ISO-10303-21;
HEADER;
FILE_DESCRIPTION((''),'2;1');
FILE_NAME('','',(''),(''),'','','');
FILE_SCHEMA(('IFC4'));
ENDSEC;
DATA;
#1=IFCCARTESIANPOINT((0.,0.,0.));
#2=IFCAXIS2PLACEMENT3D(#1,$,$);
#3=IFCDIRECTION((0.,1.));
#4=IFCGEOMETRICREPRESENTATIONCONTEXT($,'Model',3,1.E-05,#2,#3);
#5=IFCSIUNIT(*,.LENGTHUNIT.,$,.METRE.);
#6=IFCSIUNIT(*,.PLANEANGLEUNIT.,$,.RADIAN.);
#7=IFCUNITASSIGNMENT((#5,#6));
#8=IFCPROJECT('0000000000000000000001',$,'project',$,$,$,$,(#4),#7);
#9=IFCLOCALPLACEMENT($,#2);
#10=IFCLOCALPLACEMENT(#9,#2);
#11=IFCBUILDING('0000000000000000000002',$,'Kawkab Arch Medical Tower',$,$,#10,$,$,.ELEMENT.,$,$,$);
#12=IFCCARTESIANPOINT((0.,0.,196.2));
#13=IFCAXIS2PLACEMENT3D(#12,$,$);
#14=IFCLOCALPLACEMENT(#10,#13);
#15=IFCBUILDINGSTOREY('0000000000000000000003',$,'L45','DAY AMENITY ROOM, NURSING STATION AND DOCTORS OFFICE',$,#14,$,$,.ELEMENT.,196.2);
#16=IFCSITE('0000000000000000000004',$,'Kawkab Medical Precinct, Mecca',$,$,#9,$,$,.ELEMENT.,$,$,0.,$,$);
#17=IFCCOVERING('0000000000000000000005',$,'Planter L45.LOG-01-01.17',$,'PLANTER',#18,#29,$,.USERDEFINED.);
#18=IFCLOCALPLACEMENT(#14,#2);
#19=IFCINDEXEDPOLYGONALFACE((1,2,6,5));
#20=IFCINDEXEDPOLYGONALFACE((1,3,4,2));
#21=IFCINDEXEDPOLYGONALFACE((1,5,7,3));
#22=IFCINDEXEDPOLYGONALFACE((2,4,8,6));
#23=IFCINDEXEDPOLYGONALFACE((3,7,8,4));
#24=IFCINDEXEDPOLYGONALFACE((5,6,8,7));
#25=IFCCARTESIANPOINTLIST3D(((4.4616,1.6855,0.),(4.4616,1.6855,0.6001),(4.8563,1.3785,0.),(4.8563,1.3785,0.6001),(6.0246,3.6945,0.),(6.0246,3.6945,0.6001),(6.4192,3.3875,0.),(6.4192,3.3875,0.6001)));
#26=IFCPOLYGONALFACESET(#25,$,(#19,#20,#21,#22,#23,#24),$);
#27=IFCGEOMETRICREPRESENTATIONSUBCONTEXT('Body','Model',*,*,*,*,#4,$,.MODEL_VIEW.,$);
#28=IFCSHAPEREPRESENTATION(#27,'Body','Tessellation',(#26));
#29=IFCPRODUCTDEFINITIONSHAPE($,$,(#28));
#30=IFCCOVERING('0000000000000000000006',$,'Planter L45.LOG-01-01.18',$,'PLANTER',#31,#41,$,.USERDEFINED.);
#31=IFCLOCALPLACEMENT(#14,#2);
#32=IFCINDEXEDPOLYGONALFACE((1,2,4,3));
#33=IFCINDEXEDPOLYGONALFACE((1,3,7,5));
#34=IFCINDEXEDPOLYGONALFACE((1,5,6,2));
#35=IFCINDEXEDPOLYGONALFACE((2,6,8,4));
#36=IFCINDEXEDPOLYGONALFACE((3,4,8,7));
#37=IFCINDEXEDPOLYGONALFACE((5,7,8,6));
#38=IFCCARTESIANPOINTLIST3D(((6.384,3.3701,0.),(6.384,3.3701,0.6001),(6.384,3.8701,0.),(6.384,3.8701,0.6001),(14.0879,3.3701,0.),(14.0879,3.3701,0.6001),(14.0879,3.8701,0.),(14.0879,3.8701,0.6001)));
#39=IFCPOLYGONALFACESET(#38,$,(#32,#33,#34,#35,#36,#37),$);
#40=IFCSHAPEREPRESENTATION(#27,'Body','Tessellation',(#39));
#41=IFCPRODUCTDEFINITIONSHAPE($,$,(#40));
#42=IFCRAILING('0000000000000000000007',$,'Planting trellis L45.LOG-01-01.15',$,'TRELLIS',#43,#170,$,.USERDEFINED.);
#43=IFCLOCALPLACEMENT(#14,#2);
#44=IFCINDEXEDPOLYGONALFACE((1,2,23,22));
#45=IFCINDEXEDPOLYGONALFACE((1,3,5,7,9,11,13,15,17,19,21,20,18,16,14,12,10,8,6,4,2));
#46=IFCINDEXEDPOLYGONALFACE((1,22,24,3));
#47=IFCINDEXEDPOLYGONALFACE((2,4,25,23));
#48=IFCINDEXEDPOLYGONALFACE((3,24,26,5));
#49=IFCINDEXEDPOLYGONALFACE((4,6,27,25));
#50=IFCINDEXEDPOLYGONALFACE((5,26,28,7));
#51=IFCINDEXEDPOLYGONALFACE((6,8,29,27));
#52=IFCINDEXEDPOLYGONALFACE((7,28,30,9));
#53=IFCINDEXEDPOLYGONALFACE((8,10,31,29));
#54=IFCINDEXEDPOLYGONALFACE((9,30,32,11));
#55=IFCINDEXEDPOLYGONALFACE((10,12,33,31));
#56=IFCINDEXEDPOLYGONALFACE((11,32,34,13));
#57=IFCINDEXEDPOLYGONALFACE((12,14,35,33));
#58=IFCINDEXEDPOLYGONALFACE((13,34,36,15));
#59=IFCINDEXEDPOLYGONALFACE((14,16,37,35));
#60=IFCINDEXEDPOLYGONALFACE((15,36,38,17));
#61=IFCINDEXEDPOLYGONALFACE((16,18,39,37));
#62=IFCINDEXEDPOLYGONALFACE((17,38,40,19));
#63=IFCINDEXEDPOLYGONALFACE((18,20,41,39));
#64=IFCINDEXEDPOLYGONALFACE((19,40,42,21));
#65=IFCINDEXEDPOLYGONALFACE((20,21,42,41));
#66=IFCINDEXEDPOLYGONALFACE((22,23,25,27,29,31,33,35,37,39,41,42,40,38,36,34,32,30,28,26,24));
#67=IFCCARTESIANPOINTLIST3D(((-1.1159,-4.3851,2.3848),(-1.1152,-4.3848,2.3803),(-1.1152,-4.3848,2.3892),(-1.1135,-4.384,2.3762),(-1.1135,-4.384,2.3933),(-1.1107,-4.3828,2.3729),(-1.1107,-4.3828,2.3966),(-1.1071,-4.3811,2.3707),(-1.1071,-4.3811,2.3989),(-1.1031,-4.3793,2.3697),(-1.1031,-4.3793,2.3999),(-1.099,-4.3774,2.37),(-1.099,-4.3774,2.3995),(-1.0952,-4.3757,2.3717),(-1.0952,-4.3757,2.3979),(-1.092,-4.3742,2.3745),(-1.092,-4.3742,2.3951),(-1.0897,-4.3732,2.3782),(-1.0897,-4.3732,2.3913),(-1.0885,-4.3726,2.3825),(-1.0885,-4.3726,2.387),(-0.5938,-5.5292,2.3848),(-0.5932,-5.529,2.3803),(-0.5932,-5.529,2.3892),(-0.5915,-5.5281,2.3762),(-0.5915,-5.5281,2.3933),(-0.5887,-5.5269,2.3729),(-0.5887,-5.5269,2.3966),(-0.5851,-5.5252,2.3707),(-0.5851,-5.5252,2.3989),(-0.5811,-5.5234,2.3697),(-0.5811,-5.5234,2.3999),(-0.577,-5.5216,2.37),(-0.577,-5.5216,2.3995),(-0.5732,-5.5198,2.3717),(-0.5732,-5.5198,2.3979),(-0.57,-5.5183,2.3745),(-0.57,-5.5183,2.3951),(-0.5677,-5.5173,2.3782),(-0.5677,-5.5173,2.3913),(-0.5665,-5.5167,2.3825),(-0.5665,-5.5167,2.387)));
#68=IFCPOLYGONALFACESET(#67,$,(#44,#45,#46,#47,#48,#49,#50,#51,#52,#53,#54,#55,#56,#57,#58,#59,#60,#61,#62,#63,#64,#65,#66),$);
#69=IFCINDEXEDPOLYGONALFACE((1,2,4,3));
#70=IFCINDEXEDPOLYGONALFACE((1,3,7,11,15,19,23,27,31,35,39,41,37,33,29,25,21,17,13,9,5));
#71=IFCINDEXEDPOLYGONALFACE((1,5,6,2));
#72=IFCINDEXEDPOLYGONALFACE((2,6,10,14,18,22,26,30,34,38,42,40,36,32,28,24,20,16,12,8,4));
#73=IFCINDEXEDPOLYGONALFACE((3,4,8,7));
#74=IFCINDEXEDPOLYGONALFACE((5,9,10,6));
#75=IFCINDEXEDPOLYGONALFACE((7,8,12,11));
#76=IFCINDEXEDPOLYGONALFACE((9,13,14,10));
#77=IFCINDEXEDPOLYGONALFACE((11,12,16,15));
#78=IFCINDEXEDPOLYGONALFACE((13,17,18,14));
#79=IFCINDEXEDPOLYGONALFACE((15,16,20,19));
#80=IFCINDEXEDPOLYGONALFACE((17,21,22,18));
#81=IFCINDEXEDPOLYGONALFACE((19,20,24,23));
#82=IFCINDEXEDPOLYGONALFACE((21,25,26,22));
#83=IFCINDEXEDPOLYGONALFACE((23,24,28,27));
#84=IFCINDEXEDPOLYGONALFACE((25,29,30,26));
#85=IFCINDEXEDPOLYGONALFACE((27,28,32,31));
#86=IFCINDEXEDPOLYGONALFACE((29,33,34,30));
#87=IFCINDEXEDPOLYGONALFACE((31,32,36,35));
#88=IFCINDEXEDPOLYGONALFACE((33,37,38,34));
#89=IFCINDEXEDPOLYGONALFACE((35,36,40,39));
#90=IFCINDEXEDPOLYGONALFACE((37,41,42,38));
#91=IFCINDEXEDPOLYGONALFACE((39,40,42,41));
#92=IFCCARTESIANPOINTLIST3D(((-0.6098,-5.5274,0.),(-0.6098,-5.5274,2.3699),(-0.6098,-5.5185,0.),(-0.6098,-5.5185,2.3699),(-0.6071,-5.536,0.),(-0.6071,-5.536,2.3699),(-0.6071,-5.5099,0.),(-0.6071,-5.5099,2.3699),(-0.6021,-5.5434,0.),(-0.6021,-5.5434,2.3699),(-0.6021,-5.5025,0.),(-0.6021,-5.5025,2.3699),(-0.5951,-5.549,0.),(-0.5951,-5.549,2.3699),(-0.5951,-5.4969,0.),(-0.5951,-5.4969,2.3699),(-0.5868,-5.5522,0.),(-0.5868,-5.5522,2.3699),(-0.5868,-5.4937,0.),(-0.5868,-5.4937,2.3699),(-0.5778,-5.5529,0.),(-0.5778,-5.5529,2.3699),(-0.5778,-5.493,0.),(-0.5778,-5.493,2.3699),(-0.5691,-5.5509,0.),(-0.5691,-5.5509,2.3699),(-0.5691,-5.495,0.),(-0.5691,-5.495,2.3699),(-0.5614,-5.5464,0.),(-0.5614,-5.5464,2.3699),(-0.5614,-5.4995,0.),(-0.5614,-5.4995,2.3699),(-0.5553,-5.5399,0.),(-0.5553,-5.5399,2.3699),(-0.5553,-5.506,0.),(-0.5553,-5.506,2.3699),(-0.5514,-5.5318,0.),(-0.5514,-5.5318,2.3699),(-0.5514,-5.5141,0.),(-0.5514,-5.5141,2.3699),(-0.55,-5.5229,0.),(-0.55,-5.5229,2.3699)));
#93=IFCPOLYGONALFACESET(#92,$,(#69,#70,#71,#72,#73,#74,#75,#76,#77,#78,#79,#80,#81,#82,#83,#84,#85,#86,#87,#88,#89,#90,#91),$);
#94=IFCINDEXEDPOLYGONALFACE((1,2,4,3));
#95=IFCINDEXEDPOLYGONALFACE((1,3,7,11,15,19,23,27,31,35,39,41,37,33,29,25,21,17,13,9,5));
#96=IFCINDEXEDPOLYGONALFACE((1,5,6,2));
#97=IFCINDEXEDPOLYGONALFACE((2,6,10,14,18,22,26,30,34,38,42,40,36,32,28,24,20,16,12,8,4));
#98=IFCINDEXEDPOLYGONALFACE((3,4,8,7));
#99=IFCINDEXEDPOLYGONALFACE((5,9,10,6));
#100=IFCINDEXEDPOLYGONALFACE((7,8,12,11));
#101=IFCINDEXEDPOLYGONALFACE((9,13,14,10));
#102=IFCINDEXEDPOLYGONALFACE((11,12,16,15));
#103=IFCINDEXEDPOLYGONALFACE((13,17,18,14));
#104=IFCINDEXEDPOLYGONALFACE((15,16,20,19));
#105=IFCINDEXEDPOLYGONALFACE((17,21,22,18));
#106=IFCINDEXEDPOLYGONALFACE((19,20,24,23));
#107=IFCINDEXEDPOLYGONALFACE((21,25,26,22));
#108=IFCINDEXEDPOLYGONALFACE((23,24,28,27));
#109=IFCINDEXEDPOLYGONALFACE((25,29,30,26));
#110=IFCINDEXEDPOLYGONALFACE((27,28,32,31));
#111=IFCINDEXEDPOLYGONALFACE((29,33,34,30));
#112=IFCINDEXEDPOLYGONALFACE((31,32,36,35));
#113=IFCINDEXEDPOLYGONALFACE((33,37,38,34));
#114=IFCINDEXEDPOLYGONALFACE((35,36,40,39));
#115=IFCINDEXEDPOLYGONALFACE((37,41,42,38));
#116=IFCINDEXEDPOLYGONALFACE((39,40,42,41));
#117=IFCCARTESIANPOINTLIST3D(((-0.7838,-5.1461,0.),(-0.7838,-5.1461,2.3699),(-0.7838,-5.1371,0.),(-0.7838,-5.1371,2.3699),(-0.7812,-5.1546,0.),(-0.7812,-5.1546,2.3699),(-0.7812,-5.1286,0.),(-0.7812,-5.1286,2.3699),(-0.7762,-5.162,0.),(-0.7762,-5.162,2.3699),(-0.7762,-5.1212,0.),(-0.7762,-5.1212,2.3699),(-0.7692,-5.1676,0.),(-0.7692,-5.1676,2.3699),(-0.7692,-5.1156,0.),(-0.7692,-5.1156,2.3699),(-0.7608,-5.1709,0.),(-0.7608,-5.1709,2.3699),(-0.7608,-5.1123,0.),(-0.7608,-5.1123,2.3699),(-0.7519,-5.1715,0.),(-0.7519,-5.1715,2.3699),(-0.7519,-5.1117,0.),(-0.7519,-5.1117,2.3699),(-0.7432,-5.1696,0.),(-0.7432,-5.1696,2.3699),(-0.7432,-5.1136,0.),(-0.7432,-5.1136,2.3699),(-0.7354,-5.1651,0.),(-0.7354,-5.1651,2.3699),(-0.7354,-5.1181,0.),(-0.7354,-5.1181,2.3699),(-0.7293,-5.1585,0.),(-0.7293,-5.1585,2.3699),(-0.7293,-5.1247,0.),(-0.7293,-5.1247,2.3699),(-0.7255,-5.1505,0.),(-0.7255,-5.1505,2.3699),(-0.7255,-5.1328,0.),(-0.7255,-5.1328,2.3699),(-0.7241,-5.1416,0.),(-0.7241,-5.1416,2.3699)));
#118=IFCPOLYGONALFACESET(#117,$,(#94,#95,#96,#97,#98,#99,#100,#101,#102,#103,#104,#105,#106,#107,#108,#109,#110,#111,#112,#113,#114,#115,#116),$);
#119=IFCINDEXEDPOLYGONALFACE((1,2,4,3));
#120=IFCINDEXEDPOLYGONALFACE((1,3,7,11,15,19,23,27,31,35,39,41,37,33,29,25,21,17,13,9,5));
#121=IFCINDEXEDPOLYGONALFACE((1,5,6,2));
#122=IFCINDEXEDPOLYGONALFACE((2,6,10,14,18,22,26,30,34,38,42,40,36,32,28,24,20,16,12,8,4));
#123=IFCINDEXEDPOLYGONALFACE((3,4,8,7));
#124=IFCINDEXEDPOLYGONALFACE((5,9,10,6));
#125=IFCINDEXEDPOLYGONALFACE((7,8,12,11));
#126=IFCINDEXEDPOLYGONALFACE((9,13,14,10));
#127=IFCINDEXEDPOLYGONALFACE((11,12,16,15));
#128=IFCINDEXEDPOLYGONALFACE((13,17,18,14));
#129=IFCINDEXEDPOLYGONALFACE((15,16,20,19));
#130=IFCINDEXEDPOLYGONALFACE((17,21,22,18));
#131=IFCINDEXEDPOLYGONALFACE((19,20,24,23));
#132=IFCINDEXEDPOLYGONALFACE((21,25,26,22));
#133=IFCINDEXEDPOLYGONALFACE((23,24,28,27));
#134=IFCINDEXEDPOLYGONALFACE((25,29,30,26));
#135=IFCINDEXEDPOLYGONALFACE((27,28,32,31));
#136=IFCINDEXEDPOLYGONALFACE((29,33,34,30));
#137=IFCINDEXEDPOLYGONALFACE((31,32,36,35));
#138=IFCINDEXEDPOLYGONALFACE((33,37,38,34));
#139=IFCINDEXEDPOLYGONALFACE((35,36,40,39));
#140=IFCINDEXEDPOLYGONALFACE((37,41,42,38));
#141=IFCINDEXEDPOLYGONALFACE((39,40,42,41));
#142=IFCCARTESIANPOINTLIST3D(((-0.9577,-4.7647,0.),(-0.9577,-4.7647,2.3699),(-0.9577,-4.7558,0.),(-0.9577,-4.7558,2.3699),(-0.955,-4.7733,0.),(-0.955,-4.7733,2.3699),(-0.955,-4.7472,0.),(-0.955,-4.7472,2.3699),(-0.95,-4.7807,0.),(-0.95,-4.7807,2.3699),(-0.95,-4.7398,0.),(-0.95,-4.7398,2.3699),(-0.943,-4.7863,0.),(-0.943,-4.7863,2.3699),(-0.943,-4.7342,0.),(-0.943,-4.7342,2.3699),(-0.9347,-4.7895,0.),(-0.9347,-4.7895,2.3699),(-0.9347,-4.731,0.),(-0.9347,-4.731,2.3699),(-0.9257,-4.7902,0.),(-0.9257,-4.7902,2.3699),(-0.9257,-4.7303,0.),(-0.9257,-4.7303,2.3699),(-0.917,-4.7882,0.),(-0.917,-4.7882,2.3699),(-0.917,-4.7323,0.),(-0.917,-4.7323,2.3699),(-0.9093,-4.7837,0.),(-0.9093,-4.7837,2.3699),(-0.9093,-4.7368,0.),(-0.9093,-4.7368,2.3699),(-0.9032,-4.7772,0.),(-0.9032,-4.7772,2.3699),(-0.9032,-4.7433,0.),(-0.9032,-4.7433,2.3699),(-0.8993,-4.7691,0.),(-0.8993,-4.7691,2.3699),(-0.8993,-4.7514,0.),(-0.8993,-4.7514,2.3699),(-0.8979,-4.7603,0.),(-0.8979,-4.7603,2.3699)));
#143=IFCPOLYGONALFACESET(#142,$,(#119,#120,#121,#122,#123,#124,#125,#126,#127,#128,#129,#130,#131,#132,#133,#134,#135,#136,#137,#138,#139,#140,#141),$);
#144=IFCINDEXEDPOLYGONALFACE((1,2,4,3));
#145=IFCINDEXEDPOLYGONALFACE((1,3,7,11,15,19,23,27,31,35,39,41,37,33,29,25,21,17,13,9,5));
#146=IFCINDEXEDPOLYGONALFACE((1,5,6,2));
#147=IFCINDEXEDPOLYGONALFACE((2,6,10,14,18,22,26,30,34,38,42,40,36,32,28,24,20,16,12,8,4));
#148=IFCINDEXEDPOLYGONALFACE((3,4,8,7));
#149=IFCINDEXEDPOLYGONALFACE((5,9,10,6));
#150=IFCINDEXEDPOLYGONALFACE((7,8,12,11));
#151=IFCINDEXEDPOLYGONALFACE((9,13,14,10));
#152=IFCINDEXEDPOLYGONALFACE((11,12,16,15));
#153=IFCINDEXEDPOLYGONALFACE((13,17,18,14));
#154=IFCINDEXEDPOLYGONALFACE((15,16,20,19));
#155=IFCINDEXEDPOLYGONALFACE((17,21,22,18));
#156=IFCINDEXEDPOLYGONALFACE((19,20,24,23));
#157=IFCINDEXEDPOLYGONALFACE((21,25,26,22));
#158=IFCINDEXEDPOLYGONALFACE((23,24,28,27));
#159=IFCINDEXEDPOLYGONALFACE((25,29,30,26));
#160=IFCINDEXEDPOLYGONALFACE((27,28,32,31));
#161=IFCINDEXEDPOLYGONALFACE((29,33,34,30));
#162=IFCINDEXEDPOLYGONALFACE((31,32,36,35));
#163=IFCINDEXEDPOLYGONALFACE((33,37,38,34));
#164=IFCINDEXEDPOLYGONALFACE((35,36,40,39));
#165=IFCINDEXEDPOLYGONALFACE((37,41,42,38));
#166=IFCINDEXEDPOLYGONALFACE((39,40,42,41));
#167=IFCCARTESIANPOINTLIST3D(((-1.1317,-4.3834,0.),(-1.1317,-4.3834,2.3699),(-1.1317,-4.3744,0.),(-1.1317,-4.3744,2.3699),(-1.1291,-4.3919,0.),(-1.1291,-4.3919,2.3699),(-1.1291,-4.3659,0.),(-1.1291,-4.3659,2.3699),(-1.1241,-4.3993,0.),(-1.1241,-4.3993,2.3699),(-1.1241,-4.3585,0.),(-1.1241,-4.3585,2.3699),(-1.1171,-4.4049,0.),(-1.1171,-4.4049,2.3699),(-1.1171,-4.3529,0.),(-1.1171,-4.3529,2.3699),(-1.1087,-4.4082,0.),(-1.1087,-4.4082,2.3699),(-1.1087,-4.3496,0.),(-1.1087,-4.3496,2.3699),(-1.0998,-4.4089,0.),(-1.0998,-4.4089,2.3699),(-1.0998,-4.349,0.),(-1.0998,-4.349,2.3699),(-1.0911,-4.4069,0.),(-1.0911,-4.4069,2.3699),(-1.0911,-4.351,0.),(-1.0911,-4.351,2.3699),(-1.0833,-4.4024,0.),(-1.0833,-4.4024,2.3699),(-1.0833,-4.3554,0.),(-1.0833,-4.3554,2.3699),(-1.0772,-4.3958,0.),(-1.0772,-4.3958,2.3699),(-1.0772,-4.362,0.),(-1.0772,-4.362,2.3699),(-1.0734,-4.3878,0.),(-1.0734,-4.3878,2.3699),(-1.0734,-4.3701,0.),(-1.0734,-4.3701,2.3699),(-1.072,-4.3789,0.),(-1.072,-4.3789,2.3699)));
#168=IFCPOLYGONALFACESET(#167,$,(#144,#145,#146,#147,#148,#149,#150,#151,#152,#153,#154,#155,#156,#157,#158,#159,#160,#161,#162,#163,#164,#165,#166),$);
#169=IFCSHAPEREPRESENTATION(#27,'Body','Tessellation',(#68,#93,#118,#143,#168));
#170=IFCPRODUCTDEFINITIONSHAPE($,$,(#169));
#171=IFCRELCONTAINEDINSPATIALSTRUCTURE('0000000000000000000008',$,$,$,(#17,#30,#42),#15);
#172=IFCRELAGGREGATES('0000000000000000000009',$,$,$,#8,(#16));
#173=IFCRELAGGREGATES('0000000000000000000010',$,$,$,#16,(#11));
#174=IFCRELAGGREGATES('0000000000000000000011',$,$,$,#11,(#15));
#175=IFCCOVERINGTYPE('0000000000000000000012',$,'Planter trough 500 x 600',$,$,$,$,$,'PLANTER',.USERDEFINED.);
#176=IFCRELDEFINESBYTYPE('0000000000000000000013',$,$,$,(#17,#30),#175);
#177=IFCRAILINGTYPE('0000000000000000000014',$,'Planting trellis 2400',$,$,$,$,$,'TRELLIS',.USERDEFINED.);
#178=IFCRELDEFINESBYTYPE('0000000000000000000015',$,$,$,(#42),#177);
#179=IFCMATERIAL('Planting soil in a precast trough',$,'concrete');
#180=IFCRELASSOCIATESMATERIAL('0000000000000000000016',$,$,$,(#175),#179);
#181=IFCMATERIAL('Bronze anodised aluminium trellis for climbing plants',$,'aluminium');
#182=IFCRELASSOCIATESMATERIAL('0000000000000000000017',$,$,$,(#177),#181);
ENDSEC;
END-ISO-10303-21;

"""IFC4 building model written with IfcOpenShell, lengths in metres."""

from ifc_helpers import new_model, si_unit, direction, frame, origin, origin_2d, place, context, subcontext, project, spatial, rectangle, circle, extrude, material, material_profile, profile_set, type_object, element, save


model = new_model("IFC4")

# Units and contexts
model_context = context("Model", 3, precision=1e-05, world=origin(), true_north=direction((0.0, 1.0)))
body_context = subcontext(model_context, "Body", "Model", "MODEL_VIEW")
ifc_project = project(units=[si_unit("LENGTHUNIT", "METRE"), si_unit("PLANEANGLEUNIT", "RADIAN")], contexts=[model_context])

# Site, building, storey
site_placement = place(None, origin())
site = spatial("IfcSite", under=ifc_project, at=site_placement, Name="Kawkab Medical Precinct, Mecca", CompositionType="ELEMENT", RefElevation=0.0)
building_placement = place(site_placement, origin())
building = spatial("IfcBuilding", under=site, at=building_placement, Name="Kawkab Arch Medical Tower", CompositionType="ELEMENT")
storey_placement = place(building_placement, frame((0.0, 0.0, 196.2)))
storey = spatial("IfcBuildingStorey", under=building, at=storey_placement, Name="L45", Description="DAY AMENITY ROOM, NURSING STATION AND DOCTORS OFFICE", CompositionType="ELEMENT", Elevation=196.2)

# Coverings
ifc_material_1 = material(Name="Planting soil in a precast trough", Category="concrete")
ifc_material_profile_1 = material_profile(ifc_material_1, rectangle(XDim=0.5, YDim=0.6001, at=origin_2d()), Name="Trough 500x600")
ifc_profile_set_1 = profile_set([ifc_material_profile_1], Name="Planting soil in a precast trough")
covering_type = type_object("IfcCoveringType", Name="Planter trough 500 x 600", ElementType="PLANTER", PredefinedType="USERDEFINED", material=ifc_profile_set_1)
covering_1_placement = place(storey_placement, frame((4.6589, 1.532, 0.3), z_axis=(0.61404, 0.789275, 0.0), x_axis=(-0.789275, 0.61404, 0.0)))
element("IfcCovering", 1, at=covering_1_placement, inside=storey, type_object=covering_type, Name="Planter L45.LOG-01-01.17", ObjectType="PLANTER", PredefinedType="USERDEFINED", context=body_context, shape_type="SweptSolid", body=[
    extrude(rectangle(XDim=0.5, YDim=0.6001, at=origin_2d()), origin(), (0.0, 0.0, 1.0), 2.5454),
])
covering_2_placement = place(storey_placement, frame((6.384, 3.6201, 0.3), z_axis=(1.0, 0.0, 0.0), x_axis=(0.0, 1.0, 0.0)))
element("IfcCovering", 2, at=covering_2_placement, inside=storey, type_object=covering_type, Name="Planter L45.LOG-01-01.18", ObjectType="PLANTER", PredefinedType="USERDEFINED", context=body_context, shape_type="SweptSolid", body=[
    extrude(rectangle(XDim=0.5, YDim=0.6001, at=origin_2d()), origin(), (0.0, 0.0, 1.0), 7.7039),
])

# Railing
ifc_material_2 = material(Name="Bronze anodised aluminium trellis for climbing plants", Category="aluminium")
railing_type = type_object("IfcRailingType", Name="Planting trellis 2400", ElementType="TRELLIS", PredefinedType="USERDEFINED", material=ifc_material_2)
railing_1_placement = place(storey_placement, frame((-0.5801, -5.5229, 0.0)))
element("IfcRailing", 3, at=railing_1_placement, inside=storey, type_object=railing_type, Name="Planting trellis L45.LOG-01-01.15", ObjectType="TRELLIS", PredefinedType="USERDEFINED", context=body_context, shape_type="SweptSolid", body=[
    extrude(circle(Radius=0.0151, at=origin_2d()), frame((0.0, 0.0, 2.3848), z_axis=(-0.41509, 0.90978, 0.0), x_axis=(-0.90978, -0.41509, 0.0)), (0.0, 0.0, 1.0), 1.2576),
    extrude(circle(Radius=0.03, at=origin_2d()), origin(), (0.0, 0.0, 1.0), 2.3699),
    extrude(circle(Radius=0.03, at=origin_2d()), frame((-0.1741, 0.3813, 0.0)), (0.0, 0.0, 1.0), 2.3699),
    extrude(circle(Radius=0.03, at=origin_2d()), frame((-0.3479, 0.7627, 0.0)), (0.0, 0.0, 1.0), 2.3699),
    extrude(circle(Radius=0.03, at=origin_2d()), frame((-0.522, 1.144, 0.0)), (0.0, 0.0, 1.0), 2.3699),
])

save(model, "model.ifc")
